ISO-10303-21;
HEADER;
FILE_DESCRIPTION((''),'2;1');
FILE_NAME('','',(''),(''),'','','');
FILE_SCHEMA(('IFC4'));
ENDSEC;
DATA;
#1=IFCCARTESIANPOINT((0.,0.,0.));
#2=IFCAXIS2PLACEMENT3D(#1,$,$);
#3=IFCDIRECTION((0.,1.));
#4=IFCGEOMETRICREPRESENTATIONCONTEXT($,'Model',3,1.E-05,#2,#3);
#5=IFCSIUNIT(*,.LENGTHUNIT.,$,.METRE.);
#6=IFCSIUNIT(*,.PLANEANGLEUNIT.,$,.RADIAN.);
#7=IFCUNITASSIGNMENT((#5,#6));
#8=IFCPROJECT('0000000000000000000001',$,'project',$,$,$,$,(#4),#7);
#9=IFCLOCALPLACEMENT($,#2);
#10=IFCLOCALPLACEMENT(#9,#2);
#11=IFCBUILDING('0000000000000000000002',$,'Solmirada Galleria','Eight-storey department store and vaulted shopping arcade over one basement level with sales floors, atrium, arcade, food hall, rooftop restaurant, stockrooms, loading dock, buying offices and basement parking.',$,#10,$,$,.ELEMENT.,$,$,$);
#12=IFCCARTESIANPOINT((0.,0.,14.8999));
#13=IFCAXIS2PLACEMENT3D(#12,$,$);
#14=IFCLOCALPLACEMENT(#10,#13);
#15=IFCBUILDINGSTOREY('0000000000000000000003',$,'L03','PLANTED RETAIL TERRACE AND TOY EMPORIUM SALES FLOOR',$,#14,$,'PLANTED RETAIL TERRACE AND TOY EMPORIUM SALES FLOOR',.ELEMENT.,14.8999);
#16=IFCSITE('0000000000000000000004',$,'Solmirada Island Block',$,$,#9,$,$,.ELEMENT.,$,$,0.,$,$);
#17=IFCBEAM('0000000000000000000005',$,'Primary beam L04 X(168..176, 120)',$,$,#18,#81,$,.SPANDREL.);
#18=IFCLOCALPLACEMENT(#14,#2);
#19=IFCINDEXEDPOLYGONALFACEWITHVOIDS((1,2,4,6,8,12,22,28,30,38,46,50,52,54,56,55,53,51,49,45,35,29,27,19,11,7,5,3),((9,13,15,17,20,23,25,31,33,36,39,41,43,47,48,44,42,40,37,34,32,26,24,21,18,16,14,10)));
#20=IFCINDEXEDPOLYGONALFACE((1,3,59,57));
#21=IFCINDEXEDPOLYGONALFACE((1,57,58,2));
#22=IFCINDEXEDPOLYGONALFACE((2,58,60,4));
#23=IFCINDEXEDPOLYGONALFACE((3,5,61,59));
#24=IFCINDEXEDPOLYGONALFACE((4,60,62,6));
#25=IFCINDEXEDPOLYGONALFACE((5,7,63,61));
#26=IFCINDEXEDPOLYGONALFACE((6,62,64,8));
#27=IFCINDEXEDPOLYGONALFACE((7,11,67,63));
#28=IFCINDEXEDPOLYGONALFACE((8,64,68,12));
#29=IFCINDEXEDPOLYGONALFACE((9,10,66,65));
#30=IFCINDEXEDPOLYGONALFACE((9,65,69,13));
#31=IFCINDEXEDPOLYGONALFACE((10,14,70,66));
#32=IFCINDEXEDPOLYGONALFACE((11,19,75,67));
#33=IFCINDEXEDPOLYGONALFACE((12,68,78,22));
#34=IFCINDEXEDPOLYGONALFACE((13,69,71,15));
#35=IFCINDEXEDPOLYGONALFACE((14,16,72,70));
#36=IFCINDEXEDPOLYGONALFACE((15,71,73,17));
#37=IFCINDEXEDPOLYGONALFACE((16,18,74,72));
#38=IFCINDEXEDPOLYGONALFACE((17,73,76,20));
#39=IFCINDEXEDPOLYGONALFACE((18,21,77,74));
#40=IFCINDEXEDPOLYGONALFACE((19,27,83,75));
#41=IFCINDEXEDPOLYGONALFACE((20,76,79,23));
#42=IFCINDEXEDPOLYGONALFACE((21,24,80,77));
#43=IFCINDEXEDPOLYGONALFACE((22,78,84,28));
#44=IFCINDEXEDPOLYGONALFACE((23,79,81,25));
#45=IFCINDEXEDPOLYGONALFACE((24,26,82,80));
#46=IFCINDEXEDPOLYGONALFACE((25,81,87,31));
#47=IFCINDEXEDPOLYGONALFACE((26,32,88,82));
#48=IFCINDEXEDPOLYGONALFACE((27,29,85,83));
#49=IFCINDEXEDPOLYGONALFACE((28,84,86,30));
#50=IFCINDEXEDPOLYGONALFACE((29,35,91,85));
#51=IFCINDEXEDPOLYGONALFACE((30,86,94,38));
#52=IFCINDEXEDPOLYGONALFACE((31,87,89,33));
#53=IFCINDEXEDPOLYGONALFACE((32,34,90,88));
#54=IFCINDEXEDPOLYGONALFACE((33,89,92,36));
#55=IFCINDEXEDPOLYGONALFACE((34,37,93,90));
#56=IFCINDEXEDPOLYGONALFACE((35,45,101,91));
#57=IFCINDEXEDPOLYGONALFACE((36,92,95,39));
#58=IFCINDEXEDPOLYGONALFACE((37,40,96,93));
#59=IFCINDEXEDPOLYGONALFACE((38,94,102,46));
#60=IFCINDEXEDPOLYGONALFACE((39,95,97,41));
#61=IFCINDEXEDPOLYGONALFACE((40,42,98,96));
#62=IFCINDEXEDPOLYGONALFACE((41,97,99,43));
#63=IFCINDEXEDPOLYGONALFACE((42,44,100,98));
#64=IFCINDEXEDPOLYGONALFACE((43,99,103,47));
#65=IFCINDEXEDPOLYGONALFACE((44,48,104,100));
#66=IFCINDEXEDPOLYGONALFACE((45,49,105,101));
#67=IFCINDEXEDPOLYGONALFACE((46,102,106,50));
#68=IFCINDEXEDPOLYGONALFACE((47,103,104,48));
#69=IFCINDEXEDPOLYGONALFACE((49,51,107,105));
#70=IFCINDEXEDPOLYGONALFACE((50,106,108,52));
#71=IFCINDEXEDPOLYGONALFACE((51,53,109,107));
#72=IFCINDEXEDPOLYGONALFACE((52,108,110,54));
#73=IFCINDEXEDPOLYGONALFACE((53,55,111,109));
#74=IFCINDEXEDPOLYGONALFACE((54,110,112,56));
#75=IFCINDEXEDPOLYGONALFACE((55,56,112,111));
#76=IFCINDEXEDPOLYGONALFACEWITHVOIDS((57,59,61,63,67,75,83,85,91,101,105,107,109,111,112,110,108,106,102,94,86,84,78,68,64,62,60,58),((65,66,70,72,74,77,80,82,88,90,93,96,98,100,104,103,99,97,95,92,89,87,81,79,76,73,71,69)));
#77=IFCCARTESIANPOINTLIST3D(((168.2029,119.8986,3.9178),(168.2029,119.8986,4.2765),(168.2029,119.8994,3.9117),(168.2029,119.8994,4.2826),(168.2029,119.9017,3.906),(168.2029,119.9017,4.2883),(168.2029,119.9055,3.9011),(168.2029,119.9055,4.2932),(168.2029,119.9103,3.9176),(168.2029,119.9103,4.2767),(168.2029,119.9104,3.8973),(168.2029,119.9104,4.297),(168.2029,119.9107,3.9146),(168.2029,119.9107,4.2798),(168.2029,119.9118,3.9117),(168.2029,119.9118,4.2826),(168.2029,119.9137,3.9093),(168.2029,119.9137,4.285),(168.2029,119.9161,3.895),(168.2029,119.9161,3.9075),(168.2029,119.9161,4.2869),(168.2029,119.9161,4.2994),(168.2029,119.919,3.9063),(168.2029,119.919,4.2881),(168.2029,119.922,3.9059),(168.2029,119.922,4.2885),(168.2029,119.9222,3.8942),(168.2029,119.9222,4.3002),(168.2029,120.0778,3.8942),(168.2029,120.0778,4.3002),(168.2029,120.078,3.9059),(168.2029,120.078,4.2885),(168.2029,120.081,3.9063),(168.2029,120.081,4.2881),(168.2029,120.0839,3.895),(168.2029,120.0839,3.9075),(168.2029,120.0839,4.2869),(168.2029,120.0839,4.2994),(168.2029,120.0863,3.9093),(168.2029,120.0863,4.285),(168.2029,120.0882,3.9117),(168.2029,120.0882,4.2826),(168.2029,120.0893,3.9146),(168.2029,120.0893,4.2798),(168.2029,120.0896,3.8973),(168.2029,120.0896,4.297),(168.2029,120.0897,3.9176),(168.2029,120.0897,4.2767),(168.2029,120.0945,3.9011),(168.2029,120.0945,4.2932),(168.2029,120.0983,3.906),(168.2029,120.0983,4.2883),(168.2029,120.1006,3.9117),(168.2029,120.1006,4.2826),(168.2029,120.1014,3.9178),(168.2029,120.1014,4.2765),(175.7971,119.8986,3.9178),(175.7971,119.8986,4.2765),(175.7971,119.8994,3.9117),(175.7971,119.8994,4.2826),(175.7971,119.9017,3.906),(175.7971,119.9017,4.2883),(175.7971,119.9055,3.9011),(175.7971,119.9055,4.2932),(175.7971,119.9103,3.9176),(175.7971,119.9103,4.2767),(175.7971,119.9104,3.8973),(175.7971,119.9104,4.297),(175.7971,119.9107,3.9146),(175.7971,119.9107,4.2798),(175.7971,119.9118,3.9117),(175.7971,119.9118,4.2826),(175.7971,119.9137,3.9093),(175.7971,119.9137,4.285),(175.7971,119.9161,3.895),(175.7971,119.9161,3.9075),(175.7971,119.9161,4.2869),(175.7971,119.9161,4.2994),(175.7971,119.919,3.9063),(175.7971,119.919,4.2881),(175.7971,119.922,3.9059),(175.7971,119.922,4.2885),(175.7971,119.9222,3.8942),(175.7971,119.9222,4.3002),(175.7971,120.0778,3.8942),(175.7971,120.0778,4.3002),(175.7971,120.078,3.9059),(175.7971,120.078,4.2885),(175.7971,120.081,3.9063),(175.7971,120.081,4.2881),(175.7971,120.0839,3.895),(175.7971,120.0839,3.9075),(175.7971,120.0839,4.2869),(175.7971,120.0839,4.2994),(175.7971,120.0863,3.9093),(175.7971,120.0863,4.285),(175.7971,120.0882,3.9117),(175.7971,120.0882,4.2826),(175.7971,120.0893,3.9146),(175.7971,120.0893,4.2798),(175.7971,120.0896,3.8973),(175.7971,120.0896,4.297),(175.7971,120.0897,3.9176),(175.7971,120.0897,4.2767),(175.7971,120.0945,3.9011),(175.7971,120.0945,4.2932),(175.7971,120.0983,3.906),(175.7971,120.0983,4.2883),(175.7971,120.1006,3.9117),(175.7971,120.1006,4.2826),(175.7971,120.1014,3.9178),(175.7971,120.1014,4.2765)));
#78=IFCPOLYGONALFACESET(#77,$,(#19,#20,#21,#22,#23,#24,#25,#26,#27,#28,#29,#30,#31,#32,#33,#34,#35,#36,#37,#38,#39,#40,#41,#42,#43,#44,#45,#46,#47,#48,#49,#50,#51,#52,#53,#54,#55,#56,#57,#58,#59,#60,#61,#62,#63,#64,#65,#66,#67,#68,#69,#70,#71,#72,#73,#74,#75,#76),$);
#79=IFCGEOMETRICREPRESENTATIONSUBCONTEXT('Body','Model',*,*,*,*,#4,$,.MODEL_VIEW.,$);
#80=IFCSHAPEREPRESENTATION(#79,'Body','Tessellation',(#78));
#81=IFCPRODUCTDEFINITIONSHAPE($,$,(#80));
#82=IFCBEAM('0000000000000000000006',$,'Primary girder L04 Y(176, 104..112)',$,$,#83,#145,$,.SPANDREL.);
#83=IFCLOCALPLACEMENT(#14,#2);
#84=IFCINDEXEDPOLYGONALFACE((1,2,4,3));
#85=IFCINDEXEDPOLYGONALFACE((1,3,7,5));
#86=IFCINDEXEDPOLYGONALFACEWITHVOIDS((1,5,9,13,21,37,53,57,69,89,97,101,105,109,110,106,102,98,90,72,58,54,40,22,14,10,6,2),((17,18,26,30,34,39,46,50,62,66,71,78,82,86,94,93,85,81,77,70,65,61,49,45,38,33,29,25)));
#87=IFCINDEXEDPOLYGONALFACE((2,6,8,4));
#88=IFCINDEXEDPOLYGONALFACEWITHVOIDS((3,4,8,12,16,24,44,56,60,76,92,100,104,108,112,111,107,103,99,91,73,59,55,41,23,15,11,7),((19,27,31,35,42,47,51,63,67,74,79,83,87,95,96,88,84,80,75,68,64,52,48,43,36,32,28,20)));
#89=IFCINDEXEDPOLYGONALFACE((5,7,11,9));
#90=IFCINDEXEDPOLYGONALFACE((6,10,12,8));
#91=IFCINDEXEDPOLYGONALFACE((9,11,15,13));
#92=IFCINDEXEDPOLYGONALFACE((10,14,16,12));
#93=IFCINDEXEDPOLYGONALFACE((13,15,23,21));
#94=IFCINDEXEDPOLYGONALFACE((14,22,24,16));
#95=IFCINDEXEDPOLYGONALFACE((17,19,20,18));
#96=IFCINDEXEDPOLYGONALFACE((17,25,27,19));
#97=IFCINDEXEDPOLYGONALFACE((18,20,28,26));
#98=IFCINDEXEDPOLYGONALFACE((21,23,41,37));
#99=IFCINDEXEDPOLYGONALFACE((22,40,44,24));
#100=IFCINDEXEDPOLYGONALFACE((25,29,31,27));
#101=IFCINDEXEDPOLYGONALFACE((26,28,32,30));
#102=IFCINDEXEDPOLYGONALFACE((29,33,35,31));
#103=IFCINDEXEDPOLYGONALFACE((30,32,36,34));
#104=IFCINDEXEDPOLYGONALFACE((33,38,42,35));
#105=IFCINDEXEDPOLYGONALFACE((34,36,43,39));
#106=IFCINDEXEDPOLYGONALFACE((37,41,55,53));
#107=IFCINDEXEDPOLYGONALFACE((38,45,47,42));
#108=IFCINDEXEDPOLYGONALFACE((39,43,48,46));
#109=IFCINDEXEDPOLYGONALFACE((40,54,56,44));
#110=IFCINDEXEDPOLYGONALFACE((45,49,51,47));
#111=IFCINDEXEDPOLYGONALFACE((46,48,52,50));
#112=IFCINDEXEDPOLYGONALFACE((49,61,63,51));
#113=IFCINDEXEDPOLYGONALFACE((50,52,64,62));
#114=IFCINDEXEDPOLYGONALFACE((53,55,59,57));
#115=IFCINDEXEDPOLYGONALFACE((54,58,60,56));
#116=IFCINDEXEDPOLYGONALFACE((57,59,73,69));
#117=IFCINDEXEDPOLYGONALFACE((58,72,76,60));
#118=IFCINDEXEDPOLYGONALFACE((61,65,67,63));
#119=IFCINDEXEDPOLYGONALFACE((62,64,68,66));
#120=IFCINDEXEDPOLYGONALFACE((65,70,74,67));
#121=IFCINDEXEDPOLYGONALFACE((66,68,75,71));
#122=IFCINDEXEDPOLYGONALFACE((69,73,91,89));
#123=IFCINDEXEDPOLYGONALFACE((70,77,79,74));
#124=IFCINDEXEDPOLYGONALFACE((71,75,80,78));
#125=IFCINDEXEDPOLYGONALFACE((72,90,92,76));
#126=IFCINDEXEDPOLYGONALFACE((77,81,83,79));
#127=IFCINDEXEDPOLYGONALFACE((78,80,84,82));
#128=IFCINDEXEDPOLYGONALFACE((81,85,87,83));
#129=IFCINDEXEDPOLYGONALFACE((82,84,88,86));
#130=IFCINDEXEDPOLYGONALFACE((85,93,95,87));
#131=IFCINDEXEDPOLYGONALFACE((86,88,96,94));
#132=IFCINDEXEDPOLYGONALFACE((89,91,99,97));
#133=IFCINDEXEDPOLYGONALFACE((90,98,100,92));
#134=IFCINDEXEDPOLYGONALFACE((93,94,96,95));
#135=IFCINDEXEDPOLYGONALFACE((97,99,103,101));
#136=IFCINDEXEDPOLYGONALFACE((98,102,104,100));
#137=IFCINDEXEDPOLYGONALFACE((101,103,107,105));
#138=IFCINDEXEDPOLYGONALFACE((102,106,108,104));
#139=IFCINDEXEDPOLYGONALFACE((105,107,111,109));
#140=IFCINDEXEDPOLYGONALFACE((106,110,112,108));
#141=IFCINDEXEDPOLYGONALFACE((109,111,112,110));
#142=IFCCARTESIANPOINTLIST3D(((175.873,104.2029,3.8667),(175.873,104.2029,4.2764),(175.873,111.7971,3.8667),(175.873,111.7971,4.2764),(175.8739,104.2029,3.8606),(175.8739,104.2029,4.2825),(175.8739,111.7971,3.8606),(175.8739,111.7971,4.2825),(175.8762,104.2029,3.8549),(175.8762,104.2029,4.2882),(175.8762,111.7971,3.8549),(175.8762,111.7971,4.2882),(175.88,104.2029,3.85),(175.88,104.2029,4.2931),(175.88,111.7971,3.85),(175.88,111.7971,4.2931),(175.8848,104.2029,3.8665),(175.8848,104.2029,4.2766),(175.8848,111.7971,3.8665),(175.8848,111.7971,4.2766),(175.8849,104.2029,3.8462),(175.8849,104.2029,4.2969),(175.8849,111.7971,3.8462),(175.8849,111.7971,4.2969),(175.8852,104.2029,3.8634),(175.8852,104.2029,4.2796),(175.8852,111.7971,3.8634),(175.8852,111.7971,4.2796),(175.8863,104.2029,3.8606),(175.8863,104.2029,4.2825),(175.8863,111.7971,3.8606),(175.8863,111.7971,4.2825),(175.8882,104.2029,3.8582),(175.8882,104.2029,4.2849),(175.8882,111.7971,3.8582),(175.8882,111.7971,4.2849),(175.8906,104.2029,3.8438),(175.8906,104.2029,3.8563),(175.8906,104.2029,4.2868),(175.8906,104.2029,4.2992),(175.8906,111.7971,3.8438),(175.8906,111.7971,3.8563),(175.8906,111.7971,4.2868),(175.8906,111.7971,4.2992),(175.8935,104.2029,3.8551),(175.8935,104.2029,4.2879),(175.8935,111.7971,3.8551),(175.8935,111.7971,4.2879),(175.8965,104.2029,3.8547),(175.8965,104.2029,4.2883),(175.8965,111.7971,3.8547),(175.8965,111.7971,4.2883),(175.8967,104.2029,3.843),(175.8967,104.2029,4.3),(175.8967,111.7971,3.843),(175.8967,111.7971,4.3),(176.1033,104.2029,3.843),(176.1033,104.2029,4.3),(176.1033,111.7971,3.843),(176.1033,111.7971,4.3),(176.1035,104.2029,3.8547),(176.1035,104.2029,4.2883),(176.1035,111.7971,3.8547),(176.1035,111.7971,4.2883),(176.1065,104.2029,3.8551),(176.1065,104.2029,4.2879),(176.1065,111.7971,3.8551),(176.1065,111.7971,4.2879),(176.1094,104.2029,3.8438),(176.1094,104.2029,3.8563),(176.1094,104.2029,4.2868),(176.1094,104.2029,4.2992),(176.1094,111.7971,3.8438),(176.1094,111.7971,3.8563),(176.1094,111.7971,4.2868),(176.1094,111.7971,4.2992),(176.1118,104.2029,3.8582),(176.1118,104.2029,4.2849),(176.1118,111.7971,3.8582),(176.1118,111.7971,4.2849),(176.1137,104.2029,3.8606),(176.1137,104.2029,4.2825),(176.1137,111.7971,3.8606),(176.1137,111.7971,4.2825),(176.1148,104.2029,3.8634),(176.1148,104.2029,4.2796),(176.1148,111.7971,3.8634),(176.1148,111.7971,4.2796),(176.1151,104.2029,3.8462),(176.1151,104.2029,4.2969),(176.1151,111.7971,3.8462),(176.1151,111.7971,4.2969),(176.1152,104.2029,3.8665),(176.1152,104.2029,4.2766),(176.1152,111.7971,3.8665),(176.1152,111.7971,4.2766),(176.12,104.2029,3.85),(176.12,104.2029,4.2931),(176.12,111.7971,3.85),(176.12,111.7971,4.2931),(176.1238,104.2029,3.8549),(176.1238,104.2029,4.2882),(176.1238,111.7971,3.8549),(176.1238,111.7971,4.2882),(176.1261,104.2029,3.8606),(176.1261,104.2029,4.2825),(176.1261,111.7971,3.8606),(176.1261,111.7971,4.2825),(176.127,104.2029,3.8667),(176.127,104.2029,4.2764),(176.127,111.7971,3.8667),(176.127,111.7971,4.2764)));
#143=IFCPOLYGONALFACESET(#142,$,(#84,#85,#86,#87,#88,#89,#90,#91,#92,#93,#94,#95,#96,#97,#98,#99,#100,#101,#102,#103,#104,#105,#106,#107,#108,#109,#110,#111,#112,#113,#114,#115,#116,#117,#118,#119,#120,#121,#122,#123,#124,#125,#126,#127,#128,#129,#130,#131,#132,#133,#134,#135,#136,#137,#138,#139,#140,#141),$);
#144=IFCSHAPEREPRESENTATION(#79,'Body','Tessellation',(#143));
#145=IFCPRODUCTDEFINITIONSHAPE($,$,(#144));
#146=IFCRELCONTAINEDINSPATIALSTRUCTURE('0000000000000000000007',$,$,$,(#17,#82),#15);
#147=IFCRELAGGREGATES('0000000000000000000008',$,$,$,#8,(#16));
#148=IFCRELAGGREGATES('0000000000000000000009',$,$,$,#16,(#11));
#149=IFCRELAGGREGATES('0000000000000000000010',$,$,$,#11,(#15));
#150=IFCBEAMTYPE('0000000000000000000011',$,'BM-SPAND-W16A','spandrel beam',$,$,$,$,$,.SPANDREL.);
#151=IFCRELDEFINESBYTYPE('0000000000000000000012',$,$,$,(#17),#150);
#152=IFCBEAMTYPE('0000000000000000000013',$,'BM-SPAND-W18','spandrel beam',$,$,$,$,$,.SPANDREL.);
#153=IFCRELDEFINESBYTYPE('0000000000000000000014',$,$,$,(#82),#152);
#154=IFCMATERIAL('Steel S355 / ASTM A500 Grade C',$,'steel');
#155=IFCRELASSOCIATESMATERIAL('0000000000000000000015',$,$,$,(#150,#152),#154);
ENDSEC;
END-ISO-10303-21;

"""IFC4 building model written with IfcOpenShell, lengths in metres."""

from ifc_helpers import new_model, si_unit, direction, frame, origin, origin_2d, place, context, subcontext, project, spatial, hollow_rectangle, extrude, material, material_profile, profile_set, type_object, element, save


model = new_model("IFC4")

# Units and contexts
model_context = context("Model", 3, precision=1e-05, world=origin(), true_north=direction((0.0, 1.0)))
body_context = subcontext(model_context, "Body", "Model", "MODEL_VIEW")
ifc_project = project(units=[si_unit("LENGTHUNIT", "METRE"), si_unit("PLANEANGLEUNIT", "RADIAN")], contexts=[model_context])

# Site, building, storey
site_placement = place(None, origin())
site = spatial("IfcSite", under=ifc_project, at=site_placement, Name="Solmirada Island Block", CompositionType="ELEMENT", RefElevation=0.0)
building_placement = place(site_placement, origin())
building = spatial("IfcBuilding", under=site, at=building_placement, Name="Solmirada Galleria", Description="Eight-storey department store and vaulted shopping arcade over one basement level with sales floors, atrium, arcade, food hall, rooftop restaurant, stockrooms, loading dock, buying offices and basement parking.", CompositionType="ELEMENT")
storey_placement = place(building_placement, frame((0.0, 0.0, 14.8999)))
storey = spatial("IfcBuildingStorey", under=building, at=storey_placement, Name="L03", Description="PLANTED RETAIL TERRACE AND TOY EMPORIUM SALES FLOOR", LongName="PLANTED RETAIL TERRACE AND TOY EMPORIUM SALES FLOOR", CompositionType="ELEMENT", Elevation=14.8999)

# Shared definitions
ifc_material_1 = material(Name="Steel S355 / ASTM A500 Grade C", Category="steel")

# Beams
ifc_material_profile_1 = material_profile(ifc_material_1, hollow_rectangle(XDim=0.2029, YDim=0.406, WallThickness=0.0117, InnerFilletRadius=0.0117, OuterFilletRadius=0.0237, at=origin_2d()), Name="HSS16X8X1/2")
ifc_profile_set_1 = profile_set([ifc_material_profile_1], Name="Steel S355 / ASTM A500 Grade C")
beam_type_1 = type_object("IfcBeamType", Name="BM-SPAND-W16A", Description="spandrel beam", PredefinedType="SPANDREL", material=ifc_profile_set_1)
beam_1_placement = place(storey_placement, frame((168.2029, 120.0, 4.0972), z_axis=(1.0, 0.0, 0.0), x_axis=(0.0, 1.0, 0.0)))
element("IfcBeam", 1, at=beam_1_placement, inside=storey, type_object=beam_type_1, Name="Primary beam L04 X(168..176, 120)", PredefinedType="SPANDREL", context=body_context, shape_type="SweptSolid", body=[
    extrude(hollow_rectangle(XDim=0.2029, YDim=0.406, WallThickness=0.0117, InnerFilletRadius=0.0117, OuterFilletRadius=0.0237, at=origin_2d()), origin(), (0.0, 0.0, 1.0), 7.5942),
])
ifc_material_profile_2 = material_profile(ifc_material_1, hollow_rectangle(XDim=0.2539, YDim=0.457, WallThickness=0.0117, InnerFilletRadius=0.0117, OuterFilletRadius=0.0237, at=origin_2d()), Name="HSS18X10X1/2")
ifc_profile_set_2 = profile_set([ifc_material_profile_2], Name="Steel S355 / ASTM A500 Grade C")
beam_type_2 = type_object("IfcBeamType", Name="BM-SPAND-W18", Description="spandrel beam", PredefinedType="SPANDREL", material=ifc_profile_set_2)
for number, where, z_axis, x_axis, name in (
    (2, (176.0, 104.2029, 4.0715), (0.0, 1.0, 0.0), (-1.0, 0.0, 0.0), "Primary girder L04 Y(176, 104..112)"),
):
    element("IfcBeam", number, at=place(storey_placement, frame(where, z_axis=z_axis, x_axis=x_axis)), inside=storey, type_object=beam_type_2, Name=name, PredefinedType="SPANDREL", context=body_context, shape_type="SweptSolid", body=[
        extrude(hollow_rectangle(XDim=0.2539, YDim=0.457, WallThickness=0.0117, InnerFilletRadius=0.0117, OuterFilletRadius=0.0237, at=origin_2d()), origin(), (0.0, 0.0, 1.0), 7.5942),
    ])

save(model, "model.ifc")
